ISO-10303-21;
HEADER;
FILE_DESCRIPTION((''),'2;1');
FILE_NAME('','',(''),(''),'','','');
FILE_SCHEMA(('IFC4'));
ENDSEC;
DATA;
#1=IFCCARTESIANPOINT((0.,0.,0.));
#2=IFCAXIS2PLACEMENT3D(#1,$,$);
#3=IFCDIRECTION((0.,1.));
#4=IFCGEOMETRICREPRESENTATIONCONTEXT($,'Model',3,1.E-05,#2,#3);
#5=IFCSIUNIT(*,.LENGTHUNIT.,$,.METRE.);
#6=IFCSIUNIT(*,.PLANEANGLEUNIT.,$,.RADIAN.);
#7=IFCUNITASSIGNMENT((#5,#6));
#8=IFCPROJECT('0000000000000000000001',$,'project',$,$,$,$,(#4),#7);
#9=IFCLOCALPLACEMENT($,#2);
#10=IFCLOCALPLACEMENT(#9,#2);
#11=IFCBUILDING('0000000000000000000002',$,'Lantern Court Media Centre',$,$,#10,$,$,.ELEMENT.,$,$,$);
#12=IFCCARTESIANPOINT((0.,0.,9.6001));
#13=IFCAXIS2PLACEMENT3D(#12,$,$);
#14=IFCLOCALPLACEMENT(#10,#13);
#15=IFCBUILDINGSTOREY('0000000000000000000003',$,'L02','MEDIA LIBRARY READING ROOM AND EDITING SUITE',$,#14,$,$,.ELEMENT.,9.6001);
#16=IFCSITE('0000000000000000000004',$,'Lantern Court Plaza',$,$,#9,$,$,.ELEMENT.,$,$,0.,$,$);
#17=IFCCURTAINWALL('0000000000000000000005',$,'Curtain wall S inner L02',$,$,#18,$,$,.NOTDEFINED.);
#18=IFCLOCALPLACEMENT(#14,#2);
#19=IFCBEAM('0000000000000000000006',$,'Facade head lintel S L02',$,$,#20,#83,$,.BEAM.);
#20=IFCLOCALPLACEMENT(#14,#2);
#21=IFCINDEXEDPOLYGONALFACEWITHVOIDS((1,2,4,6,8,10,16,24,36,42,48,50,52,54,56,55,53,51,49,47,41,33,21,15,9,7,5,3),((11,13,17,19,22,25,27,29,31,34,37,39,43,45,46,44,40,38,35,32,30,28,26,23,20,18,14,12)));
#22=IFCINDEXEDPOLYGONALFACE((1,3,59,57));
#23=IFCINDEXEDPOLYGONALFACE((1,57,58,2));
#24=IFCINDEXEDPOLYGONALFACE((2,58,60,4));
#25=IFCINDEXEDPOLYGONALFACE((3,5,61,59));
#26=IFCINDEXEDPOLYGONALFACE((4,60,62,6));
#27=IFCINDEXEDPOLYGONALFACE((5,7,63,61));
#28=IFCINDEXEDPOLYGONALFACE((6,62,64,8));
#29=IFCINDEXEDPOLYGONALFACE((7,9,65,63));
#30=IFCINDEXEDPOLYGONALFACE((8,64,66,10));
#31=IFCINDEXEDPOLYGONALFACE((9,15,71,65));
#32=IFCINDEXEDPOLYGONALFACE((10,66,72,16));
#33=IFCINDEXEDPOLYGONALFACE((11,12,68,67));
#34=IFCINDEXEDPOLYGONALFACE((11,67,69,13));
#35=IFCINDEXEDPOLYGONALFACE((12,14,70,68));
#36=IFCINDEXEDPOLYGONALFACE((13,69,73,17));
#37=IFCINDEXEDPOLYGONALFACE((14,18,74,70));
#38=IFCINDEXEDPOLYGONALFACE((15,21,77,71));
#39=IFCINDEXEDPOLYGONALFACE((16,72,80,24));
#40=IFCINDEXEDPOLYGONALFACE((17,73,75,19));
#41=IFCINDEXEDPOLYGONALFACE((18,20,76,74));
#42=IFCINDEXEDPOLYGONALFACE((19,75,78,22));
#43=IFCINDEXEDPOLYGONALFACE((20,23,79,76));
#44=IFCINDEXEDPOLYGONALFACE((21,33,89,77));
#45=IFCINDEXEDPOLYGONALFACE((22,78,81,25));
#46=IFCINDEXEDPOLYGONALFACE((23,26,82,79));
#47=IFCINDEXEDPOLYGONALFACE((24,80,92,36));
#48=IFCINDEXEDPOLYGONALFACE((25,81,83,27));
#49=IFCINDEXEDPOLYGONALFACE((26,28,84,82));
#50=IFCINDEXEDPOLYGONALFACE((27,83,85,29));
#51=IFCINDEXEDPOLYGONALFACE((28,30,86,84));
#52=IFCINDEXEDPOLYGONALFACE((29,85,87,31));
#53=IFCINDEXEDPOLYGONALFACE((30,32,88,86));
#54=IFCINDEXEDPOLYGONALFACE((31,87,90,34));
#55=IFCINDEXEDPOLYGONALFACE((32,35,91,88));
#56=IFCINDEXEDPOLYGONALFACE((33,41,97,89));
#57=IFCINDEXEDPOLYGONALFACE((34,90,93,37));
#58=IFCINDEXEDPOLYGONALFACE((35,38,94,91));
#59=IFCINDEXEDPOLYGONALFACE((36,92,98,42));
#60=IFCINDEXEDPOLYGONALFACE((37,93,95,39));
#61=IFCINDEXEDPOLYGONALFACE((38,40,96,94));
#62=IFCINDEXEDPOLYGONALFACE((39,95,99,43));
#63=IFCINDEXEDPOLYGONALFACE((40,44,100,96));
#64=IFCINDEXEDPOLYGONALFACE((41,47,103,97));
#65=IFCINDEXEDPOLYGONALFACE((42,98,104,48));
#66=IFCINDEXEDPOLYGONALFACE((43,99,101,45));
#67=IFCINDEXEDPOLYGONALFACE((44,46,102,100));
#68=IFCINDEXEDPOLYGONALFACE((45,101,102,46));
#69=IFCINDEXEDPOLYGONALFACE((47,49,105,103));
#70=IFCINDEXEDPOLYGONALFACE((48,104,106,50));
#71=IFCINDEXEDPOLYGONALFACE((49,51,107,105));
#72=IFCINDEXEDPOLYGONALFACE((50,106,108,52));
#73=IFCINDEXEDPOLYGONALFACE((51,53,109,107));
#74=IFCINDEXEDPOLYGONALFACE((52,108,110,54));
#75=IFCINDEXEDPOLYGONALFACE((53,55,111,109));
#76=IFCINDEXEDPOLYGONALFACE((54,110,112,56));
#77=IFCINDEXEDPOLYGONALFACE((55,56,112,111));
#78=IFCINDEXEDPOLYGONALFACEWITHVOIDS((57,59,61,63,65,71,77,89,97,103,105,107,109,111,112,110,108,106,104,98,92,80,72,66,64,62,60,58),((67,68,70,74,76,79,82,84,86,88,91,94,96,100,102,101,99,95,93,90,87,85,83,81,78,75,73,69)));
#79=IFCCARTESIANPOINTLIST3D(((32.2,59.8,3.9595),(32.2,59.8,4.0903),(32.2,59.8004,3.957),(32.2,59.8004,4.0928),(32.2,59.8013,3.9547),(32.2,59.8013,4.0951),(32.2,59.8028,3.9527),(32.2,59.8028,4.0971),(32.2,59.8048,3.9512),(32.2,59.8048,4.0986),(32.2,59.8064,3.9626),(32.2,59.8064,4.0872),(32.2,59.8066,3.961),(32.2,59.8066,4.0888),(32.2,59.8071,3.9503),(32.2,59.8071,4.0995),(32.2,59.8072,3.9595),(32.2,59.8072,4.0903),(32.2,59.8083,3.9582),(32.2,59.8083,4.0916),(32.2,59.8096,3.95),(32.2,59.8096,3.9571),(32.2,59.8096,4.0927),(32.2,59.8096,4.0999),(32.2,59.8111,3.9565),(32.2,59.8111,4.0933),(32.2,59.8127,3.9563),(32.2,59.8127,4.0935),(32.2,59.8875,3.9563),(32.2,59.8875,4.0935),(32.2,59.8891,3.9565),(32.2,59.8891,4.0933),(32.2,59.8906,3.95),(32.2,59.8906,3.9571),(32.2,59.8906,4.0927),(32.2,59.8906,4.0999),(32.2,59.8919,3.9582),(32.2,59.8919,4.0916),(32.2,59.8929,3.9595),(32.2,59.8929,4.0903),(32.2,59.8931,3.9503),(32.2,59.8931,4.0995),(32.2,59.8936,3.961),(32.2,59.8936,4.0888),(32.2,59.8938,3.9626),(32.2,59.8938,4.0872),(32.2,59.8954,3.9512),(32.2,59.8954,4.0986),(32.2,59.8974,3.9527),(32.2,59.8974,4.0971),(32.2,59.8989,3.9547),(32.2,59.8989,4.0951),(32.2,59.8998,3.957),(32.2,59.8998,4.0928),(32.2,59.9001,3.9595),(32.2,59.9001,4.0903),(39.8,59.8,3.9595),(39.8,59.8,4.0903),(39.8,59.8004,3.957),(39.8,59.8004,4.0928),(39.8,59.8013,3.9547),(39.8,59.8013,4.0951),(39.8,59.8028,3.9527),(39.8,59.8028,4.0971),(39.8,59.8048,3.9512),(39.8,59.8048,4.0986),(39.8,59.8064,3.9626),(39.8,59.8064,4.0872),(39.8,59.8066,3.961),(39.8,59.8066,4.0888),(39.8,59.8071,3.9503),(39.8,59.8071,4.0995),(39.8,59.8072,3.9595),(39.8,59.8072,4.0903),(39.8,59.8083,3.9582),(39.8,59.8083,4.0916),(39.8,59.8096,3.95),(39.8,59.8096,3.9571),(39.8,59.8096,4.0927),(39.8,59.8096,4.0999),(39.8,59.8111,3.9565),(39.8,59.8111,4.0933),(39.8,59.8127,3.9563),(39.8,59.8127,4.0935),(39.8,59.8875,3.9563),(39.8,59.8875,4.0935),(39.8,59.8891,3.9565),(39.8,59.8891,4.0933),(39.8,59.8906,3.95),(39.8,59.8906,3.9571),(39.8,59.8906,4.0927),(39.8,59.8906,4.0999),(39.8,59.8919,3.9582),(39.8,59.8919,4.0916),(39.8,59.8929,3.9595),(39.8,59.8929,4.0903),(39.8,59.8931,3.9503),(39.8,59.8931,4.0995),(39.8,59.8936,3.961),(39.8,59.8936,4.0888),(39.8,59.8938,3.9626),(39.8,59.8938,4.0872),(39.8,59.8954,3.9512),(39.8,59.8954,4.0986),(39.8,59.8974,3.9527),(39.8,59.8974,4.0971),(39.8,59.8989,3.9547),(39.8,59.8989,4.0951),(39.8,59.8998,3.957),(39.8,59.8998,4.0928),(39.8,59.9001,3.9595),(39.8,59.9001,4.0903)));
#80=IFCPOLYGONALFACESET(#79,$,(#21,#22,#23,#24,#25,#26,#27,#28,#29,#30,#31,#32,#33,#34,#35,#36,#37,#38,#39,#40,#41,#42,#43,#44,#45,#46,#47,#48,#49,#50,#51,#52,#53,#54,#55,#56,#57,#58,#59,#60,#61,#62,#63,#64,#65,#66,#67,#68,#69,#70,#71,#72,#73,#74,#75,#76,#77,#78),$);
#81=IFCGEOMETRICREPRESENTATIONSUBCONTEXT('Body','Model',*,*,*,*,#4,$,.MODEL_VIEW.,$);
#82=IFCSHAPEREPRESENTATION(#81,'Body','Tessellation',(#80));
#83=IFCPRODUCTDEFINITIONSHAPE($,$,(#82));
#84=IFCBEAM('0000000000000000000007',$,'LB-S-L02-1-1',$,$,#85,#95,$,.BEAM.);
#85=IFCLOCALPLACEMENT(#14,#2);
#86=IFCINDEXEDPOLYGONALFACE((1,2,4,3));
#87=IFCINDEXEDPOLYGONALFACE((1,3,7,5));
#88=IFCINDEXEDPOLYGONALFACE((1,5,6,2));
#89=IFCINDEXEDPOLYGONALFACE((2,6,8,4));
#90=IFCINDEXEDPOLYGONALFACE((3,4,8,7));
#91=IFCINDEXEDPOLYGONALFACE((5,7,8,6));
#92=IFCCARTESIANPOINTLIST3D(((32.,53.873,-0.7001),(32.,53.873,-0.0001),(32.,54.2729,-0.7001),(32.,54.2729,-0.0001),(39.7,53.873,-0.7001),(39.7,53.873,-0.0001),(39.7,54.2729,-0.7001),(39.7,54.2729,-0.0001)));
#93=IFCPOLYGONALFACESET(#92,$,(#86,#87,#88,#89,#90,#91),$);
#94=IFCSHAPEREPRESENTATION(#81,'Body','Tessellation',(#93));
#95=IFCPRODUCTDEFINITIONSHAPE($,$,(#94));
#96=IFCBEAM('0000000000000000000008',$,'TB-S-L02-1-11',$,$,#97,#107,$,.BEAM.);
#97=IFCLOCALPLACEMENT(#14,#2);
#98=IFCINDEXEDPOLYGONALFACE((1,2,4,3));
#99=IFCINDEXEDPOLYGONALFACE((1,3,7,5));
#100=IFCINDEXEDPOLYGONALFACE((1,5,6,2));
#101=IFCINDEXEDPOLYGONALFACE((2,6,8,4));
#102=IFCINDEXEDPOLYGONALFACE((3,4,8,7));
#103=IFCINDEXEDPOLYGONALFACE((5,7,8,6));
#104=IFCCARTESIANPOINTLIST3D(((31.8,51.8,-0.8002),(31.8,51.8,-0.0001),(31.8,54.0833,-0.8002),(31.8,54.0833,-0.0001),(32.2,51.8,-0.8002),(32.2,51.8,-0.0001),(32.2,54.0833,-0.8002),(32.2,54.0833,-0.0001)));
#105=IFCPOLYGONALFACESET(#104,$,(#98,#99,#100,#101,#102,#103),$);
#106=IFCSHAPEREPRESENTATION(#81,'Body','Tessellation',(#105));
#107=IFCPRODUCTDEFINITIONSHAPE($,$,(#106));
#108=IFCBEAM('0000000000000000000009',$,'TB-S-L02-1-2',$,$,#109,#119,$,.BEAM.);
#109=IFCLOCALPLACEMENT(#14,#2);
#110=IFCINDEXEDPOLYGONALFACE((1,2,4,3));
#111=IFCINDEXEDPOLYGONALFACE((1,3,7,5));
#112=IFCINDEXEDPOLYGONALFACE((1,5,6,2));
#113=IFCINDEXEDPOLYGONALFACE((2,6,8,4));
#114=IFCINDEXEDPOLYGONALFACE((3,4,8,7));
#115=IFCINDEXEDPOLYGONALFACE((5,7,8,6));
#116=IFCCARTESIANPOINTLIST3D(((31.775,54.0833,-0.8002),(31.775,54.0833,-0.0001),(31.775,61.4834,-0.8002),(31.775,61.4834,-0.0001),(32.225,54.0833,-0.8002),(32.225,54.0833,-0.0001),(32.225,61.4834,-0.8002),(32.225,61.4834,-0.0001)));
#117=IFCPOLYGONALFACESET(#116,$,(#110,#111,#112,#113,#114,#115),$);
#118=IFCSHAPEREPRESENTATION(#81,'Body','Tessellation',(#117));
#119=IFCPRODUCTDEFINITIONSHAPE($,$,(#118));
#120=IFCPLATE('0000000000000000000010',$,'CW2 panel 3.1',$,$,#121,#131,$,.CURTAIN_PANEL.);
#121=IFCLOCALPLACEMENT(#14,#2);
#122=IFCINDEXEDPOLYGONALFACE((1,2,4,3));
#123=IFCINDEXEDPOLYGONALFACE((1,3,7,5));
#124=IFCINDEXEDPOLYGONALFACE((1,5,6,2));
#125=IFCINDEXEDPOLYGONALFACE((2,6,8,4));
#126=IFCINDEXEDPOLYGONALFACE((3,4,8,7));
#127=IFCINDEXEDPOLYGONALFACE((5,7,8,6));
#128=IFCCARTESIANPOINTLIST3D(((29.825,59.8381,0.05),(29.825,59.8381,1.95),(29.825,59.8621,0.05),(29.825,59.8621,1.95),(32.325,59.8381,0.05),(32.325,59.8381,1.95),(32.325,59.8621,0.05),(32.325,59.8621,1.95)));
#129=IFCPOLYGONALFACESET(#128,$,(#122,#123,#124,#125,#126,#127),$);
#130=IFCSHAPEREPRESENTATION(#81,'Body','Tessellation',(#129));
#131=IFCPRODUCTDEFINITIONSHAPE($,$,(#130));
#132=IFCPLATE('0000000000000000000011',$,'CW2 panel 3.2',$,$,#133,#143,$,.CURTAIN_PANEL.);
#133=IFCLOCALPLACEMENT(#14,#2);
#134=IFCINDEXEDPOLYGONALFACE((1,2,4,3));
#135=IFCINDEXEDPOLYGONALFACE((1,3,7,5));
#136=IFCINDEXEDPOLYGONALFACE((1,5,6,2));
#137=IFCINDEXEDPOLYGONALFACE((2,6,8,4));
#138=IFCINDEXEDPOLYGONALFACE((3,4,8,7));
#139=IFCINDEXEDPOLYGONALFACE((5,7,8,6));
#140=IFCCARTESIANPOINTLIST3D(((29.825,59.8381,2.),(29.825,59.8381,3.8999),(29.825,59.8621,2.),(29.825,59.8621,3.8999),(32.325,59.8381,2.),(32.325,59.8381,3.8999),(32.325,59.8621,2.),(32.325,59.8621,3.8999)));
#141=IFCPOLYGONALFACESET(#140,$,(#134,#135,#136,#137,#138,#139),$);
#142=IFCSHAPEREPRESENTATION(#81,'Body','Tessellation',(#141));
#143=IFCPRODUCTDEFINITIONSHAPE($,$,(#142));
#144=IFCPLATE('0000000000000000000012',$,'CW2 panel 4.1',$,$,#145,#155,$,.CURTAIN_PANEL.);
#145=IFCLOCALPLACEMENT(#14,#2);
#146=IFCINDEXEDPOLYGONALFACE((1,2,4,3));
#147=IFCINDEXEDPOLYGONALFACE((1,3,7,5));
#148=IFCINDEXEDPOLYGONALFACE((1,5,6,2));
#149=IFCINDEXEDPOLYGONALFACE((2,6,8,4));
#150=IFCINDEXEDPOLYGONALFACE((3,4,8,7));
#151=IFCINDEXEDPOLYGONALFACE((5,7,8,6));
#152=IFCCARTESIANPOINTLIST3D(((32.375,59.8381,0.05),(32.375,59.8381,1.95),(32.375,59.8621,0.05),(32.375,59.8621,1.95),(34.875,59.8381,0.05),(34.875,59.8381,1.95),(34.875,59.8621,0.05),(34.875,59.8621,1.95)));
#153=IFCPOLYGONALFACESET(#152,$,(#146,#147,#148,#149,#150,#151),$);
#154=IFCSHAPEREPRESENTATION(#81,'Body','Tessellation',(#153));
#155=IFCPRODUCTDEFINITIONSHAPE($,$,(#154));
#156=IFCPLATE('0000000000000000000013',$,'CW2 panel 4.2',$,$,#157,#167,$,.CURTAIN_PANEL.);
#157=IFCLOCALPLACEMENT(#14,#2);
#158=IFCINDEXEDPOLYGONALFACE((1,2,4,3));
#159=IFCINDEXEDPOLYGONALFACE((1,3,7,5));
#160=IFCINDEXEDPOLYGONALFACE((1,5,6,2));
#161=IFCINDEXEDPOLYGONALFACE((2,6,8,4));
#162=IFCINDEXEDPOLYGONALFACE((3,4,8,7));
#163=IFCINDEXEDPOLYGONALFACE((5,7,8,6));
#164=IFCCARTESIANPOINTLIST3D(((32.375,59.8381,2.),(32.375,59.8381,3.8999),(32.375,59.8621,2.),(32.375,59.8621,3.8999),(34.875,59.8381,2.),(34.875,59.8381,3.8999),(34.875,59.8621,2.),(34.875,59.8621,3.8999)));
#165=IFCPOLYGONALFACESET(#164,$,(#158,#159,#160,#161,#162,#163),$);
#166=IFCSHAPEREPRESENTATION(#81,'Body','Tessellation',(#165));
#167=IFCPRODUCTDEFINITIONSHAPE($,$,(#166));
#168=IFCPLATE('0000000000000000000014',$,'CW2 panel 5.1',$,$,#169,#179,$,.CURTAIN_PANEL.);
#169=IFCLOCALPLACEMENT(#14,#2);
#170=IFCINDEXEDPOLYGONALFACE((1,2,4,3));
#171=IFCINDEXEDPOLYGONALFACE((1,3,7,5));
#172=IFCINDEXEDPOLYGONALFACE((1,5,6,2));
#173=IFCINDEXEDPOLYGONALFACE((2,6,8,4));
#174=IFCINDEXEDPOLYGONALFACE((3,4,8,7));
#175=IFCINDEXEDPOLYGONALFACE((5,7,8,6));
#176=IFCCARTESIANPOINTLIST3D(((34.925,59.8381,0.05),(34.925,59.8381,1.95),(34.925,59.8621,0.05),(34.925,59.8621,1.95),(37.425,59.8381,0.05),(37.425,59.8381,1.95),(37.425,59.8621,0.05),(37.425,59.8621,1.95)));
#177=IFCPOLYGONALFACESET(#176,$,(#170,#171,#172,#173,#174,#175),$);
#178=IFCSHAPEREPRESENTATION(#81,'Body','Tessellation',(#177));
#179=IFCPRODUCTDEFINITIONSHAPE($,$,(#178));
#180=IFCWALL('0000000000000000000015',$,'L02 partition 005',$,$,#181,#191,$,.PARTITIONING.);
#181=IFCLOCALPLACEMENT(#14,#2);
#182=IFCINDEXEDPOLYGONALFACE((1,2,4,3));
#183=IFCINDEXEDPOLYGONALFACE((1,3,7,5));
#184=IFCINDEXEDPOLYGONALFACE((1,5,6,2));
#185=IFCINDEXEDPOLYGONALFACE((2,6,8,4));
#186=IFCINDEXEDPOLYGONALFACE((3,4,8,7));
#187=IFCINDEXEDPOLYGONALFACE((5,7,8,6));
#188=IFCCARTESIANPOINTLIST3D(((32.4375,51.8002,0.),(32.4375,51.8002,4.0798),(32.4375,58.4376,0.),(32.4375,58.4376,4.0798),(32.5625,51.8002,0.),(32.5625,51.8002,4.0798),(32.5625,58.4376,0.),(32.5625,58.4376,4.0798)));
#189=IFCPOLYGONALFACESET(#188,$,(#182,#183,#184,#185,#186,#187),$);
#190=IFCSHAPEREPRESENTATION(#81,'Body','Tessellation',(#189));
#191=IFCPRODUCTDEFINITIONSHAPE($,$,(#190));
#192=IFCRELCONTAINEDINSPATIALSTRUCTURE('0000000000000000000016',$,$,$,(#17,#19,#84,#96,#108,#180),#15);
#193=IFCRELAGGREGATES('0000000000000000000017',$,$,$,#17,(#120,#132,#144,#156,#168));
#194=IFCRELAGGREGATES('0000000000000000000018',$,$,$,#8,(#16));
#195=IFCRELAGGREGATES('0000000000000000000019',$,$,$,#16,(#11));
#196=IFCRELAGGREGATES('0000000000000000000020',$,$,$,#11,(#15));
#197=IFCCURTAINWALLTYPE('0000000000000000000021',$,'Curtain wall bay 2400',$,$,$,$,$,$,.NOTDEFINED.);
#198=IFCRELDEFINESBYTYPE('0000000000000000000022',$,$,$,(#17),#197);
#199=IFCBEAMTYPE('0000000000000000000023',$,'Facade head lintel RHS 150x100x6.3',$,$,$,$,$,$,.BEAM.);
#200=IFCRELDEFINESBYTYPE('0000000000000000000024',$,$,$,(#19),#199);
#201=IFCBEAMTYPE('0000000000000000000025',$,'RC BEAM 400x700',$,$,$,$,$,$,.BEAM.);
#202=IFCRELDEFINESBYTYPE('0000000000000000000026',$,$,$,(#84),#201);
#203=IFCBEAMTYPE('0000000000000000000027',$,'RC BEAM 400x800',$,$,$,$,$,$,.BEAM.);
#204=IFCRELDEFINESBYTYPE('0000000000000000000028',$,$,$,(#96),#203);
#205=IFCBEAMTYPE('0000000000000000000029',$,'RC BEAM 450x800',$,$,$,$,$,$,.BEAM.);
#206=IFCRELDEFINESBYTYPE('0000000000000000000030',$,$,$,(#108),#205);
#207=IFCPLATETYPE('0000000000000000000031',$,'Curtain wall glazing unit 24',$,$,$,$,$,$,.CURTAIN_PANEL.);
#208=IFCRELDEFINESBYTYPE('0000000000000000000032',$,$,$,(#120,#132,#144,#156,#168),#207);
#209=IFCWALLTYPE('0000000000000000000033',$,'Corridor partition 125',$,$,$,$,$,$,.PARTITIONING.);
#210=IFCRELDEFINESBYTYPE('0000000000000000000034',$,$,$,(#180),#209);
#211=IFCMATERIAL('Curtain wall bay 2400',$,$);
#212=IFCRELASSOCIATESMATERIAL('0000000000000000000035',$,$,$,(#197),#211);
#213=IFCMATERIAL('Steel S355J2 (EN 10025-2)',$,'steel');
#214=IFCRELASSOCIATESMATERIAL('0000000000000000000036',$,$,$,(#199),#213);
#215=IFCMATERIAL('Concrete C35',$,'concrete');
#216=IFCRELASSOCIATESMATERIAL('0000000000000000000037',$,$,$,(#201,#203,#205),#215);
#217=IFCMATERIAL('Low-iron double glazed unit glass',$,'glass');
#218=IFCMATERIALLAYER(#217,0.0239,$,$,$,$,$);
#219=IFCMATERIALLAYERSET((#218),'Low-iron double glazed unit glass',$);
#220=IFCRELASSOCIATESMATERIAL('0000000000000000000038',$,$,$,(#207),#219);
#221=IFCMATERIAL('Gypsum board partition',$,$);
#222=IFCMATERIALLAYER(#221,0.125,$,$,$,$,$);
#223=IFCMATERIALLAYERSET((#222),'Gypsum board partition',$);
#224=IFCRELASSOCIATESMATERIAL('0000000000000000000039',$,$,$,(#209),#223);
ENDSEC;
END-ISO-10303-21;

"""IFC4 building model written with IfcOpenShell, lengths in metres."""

from ifc_helpers import new_model, si_unit, direction, frame, frame_2d, origin, origin_2d, place, context, subcontext, project, spatial, rectangle, hollow_rectangle, extrude, material, layer, layer_set, material_profile, profile_set, type_object, element, aggregate, save


model = new_model("IFC4")

# Units and contexts
model_context = context("Model", 3, precision=1e-05, world=origin(), true_north=direction((0.0, 1.0)))
body_context = subcontext(model_context, "Body", "Model", "MODEL_VIEW")
ifc_project = project(units=[si_unit("LENGTHUNIT", "METRE"), si_unit("PLANEANGLEUNIT", "RADIAN")], contexts=[model_context])

# Site, building, storey
site_placement = place(None, origin())
site = spatial("IfcSite", under=ifc_project, at=site_placement, Name="Lantern Court Plaza", CompositionType="ELEMENT", RefElevation=0.0)
building_placement = place(site_placement, origin())
building = spatial("IfcBuilding", under=site, at=building_placement, Name="Lantern Court Media Centre", CompositionType="ELEMENT")
storey_placement = place(building_placement, frame((0.0, 0.0, 9.6001)))
storey = spatial("IfcBuildingStorey", under=building, at=storey_placement, Name="L02", Description="MEDIA LIBRARY READING ROOM AND EDITING SUITE", CompositionType="ELEMENT", Elevation=9.6001)

# Shared definitions
ifc_material_1 = material(Name="Concrete C35", Category="concrete")

# Curtain wall
ifc_material_2 = material(Name="Curtain wall bay 2400")
curtain_wall_type = type_object("IfcCurtainWallType", Name="Curtain wall bay 2400", PredefinedType="NOTDEFINED", material=ifc_material_2)
curtain_wall_placement = place(storey_placement, origin())
curtain_wall = element("IfcCurtainWall", 1, at=curtain_wall_placement, inside=storey, type_object=curtain_wall_type, Name="Curtain wall S inner L02", PredefinedType="NOTDEFINED")

# Beams
ifc_material_3 = material(Name="Steel S355J2 (EN 10025-2)", Category="steel")
ifc_material_profile_1 = material_profile(ifc_material_3, hollow_rectangle(XDim=0.1001, YDim=0.1499, WallThickness=0.0063, InnerFilletRadius=0.0063, OuterFilletRadius=0.0095, at=origin_2d()), Name="Facade head lintel RHS 150x100x6.3")
ifc_profile_set_1 = profile_set([ifc_material_profile_1], Name="Steel S355J2 (EN 10025-2)")
beam_type_1 = type_object("IfcBeamType", Name="Facade head lintel RHS 150x100x6.3", PredefinedType="BEAM", material=ifc_profile_set_1)
beam_1_placement = place(storey_placement, frame((32.2, 59.8501, 4.0249), z_axis=(1.0, 0.0, 0.0), x_axis=(0.0, 1.0, 0.0)))
element("IfcBeam", 2, at=beam_1_placement, inside=storey, type_object=beam_type_1, Name="Facade head lintel S L02", PredefinedType="BEAM", context=body_context, shape_type="SweptSolid", body=[
    extrude(hollow_rectangle(XDim=0.1001, YDim=0.1499, WallThickness=0.0063, InnerFilletRadius=0.0063, OuterFilletRadius=0.0095, at=origin_2d()), origin(), (0.0, 0.0, 1.0), 7.6001),
])
ifc_material_profile_2 = material_profile(ifc_material_1, rectangle(XDim=0.3999, YDim=0.7, at=origin_2d()), Name="RC 400x700")
ifc_profile_set_2 = profile_set([ifc_material_profile_2], Name="Concrete C35")
beam_type_2 = type_object("IfcBeamType", Name="RC BEAM 400x700", PredefinedType="BEAM", material=ifc_profile_set_2)
beam_2_placement = place(storey_placement, frame((32.0, 54.073, -0.3501), z_axis=(1.0, 0.0, 0.0), x_axis=(0.0, 1.0, 0.0)))
element("IfcBeam", 3, at=beam_2_placement, inside=storey, type_object=beam_type_2, Name="LB-S-L02-1-1", PredefinedType="BEAM", context=body_context, shape_type="SweptSolid", body=[
    extrude(rectangle(XDim=0.3999, YDim=0.7, at=origin_2d()), origin(), (0.0, 0.0, 1.0), 7.7),
])
ifc_material_profile_3 = material_profile(ifc_material_1, rectangle(XDim=0.3999, YDim=0.8, at=origin_2d()), Name="RC 400x800")
ifc_profile_set_3 = profile_set([ifc_material_profile_3], Name="Concrete C35")
beam_type_3 = type_object("IfcBeamType", Name="RC BEAM 400x800", PredefinedType="BEAM", material=ifc_profile_set_3)
beam_3_placement = place(storey_placement, frame((32.0, 51.8, -0.4001), z_axis=(0.0, 1.0, 0.0), x_axis=(-1.0, 0.0, 0.0)))
element("IfcBeam", 4, at=beam_3_placement, inside=storey, type_object=beam_type_3, Name="TB-S-L02-1-11", PredefinedType="BEAM", context=body_context, shape_type="SweptSolid", body=[
    extrude(rectangle(XDim=0.3999, YDim=0.8, at=origin_2d()), origin(), (0.0, 0.0, 1.0), 2.2832),
])
ifc_material_profile_4 = material_profile(ifc_material_1, rectangle(XDim=0.45, YDim=0.8, at=origin_2d()), Name="RC 450x800")
ifc_profile_set_4 = profile_set([ifc_material_profile_4], Name="Concrete C35")
beam_type_4 = type_object("IfcBeamType", Name="RC BEAM 450x800", PredefinedType="BEAM", material=ifc_profile_set_4)
beam_4_placement = place(storey_placement, frame((32.0, 54.0833, -0.4001), z_axis=(0.0, 1.0, 0.0), x_axis=(-1.0, 0.0, 0.0)))
element("IfcBeam", 5, at=beam_4_placement, inside=storey, type_object=beam_type_4, Name="TB-S-L02-1-2", PredefinedType="BEAM", context=body_context, shape_type="SweptSolid", body=[
    extrude(rectangle(XDim=0.45, YDim=0.8, at=origin_2d()), origin(), (0.0, 0.0, 1.0), 7.4001),
])

# Plates
ifc_material_4 = material(Name="Low-iron double glazed unit glass", Category="glass")
ifc_layer_1 = layer(ifc_material_4, 0.0239)
ifc_layer_set_1 = layer_set([ifc_layer_1], Name="Low-iron double glazed unit glass")
plate_type = type_object("IfcPlateType", Name="Curtain wall glazing unit 24", PredefinedType="CURTAIN_PANEL", material=ifc_layer_set_1)
plate_1_placement = place(storey_placement, frame((31.075, 59.8501, 0.05), z_axis=(0.0, 0.0, 1.0), x_axis=(1.0, 0.0, 0.0)))
plate_1 = element("IfcPlate", 6, at=plate_1_placement, type_object=plate_type, Name="CW2 panel 3.1", PredefinedType="CURTAIN_PANEL", context=body_context, shape_type="SweptSolid", body=[
    extrude(rectangle(XDim=2.5, YDim=0.0239, at=origin_2d()), origin(), (0.0, 0.0, 1.0), 1.8999),
])
plate_2_placement = place(storey_placement, frame((31.075, 59.8501, 2.0), z_axis=(0.0, 0.0, 1.0), x_axis=(1.0, 0.0, 0.0)))
plate_2 = element("IfcPlate", 7, at=plate_2_placement, type_object=plate_type, Name="CW2 panel 3.2", PredefinedType="CURTAIN_PANEL", context=body_context, shape_type="SweptSolid", body=[
    extrude(rectangle(XDim=2.5, YDim=0.0239, at=origin_2d()), origin(), (0.0, 0.0, 1.0), 1.8999),
])
plate_3_placement = place(storey_placement, frame((33.625, 59.8501, 0.05), z_axis=(0.0, 0.0, 1.0), x_axis=(1.0, 0.0, 0.0)))
plate_3 = element("IfcPlate", 8, at=plate_3_placement, type_object=plate_type, Name="CW2 panel 4.1", PredefinedType="CURTAIN_PANEL", context=body_context, shape_type="SweptSolid", body=[
    extrude(rectangle(XDim=2.5, YDim=0.0239, at=origin_2d()), origin(), (0.0, 0.0, 1.0), 1.8999),
])
plate_4_placement = place(storey_placement, frame((33.625, 59.8501, 2.0), z_axis=(0.0, 0.0, 1.0), x_axis=(1.0, 0.0, 0.0)))
plate_4 = element("IfcPlate", 9, at=plate_4_placement, type_object=plate_type, Name="CW2 panel 4.2", PredefinedType="CURTAIN_PANEL", context=body_context, shape_type="SweptSolid", body=[
    extrude(rectangle(XDim=2.5, YDim=0.0239, at=origin_2d()), origin(), (0.0, 0.0, 1.0), 1.8999),
])
plate_5_placement = place(storey_placement, frame((36.175, 59.8501, 0.05), z_axis=(0.0, 0.0, 1.0), x_axis=(1.0, 0.0, 0.0)))
plate_5 = element("IfcPlate", 10, at=plate_5_placement, type_object=plate_type, Name="CW2 panel 5.1", PredefinedType="CURTAIN_PANEL", context=body_context, shape_type="SweptSolid", body=[
    extrude(rectangle(XDim=2.5, YDim=0.0239, at=origin_2d()), origin(), (0.0, 0.0, 1.0), 1.8999),
])
aggregate(curtain_wall, [plate_1, plate_2, plate_3, plate_4, plate_5])

# Wall
ifc_material_5 = material(Name="Gypsum board partition")
ifc_layer_2 = layer(ifc_material_5, 0.125)
ifc_layer_set_2 = layer_set([ifc_layer_2], Name="Gypsum board partition")
wall_type_1 = type_object("IfcWallType", Name="Corridor partition 125", PredefinedType="PARTITIONING", material=ifc_layer_set_2)
wall_1_placement = place(storey_placement, frame((32.5, 51.8, 0.0), z_axis=(0.0, 0.0, 1.0), x_axis=(0.0, 1.0, 0.0)))
element("IfcWall", 11, at=wall_1_placement, inside=storey, type_object=wall_type_1, Name="L02 partition 005", PredefinedType="PARTITIONING", context=body_context, shape_type="SweptSolid", body=[
    extrude(rectangle(XDim=6.6375, YDim=0.125, at=frame_2d((3.3188, 0.0))), origin(), (0.0, 0.0, 1.0), 4.0798),
])

save(model, "model.ifc")
